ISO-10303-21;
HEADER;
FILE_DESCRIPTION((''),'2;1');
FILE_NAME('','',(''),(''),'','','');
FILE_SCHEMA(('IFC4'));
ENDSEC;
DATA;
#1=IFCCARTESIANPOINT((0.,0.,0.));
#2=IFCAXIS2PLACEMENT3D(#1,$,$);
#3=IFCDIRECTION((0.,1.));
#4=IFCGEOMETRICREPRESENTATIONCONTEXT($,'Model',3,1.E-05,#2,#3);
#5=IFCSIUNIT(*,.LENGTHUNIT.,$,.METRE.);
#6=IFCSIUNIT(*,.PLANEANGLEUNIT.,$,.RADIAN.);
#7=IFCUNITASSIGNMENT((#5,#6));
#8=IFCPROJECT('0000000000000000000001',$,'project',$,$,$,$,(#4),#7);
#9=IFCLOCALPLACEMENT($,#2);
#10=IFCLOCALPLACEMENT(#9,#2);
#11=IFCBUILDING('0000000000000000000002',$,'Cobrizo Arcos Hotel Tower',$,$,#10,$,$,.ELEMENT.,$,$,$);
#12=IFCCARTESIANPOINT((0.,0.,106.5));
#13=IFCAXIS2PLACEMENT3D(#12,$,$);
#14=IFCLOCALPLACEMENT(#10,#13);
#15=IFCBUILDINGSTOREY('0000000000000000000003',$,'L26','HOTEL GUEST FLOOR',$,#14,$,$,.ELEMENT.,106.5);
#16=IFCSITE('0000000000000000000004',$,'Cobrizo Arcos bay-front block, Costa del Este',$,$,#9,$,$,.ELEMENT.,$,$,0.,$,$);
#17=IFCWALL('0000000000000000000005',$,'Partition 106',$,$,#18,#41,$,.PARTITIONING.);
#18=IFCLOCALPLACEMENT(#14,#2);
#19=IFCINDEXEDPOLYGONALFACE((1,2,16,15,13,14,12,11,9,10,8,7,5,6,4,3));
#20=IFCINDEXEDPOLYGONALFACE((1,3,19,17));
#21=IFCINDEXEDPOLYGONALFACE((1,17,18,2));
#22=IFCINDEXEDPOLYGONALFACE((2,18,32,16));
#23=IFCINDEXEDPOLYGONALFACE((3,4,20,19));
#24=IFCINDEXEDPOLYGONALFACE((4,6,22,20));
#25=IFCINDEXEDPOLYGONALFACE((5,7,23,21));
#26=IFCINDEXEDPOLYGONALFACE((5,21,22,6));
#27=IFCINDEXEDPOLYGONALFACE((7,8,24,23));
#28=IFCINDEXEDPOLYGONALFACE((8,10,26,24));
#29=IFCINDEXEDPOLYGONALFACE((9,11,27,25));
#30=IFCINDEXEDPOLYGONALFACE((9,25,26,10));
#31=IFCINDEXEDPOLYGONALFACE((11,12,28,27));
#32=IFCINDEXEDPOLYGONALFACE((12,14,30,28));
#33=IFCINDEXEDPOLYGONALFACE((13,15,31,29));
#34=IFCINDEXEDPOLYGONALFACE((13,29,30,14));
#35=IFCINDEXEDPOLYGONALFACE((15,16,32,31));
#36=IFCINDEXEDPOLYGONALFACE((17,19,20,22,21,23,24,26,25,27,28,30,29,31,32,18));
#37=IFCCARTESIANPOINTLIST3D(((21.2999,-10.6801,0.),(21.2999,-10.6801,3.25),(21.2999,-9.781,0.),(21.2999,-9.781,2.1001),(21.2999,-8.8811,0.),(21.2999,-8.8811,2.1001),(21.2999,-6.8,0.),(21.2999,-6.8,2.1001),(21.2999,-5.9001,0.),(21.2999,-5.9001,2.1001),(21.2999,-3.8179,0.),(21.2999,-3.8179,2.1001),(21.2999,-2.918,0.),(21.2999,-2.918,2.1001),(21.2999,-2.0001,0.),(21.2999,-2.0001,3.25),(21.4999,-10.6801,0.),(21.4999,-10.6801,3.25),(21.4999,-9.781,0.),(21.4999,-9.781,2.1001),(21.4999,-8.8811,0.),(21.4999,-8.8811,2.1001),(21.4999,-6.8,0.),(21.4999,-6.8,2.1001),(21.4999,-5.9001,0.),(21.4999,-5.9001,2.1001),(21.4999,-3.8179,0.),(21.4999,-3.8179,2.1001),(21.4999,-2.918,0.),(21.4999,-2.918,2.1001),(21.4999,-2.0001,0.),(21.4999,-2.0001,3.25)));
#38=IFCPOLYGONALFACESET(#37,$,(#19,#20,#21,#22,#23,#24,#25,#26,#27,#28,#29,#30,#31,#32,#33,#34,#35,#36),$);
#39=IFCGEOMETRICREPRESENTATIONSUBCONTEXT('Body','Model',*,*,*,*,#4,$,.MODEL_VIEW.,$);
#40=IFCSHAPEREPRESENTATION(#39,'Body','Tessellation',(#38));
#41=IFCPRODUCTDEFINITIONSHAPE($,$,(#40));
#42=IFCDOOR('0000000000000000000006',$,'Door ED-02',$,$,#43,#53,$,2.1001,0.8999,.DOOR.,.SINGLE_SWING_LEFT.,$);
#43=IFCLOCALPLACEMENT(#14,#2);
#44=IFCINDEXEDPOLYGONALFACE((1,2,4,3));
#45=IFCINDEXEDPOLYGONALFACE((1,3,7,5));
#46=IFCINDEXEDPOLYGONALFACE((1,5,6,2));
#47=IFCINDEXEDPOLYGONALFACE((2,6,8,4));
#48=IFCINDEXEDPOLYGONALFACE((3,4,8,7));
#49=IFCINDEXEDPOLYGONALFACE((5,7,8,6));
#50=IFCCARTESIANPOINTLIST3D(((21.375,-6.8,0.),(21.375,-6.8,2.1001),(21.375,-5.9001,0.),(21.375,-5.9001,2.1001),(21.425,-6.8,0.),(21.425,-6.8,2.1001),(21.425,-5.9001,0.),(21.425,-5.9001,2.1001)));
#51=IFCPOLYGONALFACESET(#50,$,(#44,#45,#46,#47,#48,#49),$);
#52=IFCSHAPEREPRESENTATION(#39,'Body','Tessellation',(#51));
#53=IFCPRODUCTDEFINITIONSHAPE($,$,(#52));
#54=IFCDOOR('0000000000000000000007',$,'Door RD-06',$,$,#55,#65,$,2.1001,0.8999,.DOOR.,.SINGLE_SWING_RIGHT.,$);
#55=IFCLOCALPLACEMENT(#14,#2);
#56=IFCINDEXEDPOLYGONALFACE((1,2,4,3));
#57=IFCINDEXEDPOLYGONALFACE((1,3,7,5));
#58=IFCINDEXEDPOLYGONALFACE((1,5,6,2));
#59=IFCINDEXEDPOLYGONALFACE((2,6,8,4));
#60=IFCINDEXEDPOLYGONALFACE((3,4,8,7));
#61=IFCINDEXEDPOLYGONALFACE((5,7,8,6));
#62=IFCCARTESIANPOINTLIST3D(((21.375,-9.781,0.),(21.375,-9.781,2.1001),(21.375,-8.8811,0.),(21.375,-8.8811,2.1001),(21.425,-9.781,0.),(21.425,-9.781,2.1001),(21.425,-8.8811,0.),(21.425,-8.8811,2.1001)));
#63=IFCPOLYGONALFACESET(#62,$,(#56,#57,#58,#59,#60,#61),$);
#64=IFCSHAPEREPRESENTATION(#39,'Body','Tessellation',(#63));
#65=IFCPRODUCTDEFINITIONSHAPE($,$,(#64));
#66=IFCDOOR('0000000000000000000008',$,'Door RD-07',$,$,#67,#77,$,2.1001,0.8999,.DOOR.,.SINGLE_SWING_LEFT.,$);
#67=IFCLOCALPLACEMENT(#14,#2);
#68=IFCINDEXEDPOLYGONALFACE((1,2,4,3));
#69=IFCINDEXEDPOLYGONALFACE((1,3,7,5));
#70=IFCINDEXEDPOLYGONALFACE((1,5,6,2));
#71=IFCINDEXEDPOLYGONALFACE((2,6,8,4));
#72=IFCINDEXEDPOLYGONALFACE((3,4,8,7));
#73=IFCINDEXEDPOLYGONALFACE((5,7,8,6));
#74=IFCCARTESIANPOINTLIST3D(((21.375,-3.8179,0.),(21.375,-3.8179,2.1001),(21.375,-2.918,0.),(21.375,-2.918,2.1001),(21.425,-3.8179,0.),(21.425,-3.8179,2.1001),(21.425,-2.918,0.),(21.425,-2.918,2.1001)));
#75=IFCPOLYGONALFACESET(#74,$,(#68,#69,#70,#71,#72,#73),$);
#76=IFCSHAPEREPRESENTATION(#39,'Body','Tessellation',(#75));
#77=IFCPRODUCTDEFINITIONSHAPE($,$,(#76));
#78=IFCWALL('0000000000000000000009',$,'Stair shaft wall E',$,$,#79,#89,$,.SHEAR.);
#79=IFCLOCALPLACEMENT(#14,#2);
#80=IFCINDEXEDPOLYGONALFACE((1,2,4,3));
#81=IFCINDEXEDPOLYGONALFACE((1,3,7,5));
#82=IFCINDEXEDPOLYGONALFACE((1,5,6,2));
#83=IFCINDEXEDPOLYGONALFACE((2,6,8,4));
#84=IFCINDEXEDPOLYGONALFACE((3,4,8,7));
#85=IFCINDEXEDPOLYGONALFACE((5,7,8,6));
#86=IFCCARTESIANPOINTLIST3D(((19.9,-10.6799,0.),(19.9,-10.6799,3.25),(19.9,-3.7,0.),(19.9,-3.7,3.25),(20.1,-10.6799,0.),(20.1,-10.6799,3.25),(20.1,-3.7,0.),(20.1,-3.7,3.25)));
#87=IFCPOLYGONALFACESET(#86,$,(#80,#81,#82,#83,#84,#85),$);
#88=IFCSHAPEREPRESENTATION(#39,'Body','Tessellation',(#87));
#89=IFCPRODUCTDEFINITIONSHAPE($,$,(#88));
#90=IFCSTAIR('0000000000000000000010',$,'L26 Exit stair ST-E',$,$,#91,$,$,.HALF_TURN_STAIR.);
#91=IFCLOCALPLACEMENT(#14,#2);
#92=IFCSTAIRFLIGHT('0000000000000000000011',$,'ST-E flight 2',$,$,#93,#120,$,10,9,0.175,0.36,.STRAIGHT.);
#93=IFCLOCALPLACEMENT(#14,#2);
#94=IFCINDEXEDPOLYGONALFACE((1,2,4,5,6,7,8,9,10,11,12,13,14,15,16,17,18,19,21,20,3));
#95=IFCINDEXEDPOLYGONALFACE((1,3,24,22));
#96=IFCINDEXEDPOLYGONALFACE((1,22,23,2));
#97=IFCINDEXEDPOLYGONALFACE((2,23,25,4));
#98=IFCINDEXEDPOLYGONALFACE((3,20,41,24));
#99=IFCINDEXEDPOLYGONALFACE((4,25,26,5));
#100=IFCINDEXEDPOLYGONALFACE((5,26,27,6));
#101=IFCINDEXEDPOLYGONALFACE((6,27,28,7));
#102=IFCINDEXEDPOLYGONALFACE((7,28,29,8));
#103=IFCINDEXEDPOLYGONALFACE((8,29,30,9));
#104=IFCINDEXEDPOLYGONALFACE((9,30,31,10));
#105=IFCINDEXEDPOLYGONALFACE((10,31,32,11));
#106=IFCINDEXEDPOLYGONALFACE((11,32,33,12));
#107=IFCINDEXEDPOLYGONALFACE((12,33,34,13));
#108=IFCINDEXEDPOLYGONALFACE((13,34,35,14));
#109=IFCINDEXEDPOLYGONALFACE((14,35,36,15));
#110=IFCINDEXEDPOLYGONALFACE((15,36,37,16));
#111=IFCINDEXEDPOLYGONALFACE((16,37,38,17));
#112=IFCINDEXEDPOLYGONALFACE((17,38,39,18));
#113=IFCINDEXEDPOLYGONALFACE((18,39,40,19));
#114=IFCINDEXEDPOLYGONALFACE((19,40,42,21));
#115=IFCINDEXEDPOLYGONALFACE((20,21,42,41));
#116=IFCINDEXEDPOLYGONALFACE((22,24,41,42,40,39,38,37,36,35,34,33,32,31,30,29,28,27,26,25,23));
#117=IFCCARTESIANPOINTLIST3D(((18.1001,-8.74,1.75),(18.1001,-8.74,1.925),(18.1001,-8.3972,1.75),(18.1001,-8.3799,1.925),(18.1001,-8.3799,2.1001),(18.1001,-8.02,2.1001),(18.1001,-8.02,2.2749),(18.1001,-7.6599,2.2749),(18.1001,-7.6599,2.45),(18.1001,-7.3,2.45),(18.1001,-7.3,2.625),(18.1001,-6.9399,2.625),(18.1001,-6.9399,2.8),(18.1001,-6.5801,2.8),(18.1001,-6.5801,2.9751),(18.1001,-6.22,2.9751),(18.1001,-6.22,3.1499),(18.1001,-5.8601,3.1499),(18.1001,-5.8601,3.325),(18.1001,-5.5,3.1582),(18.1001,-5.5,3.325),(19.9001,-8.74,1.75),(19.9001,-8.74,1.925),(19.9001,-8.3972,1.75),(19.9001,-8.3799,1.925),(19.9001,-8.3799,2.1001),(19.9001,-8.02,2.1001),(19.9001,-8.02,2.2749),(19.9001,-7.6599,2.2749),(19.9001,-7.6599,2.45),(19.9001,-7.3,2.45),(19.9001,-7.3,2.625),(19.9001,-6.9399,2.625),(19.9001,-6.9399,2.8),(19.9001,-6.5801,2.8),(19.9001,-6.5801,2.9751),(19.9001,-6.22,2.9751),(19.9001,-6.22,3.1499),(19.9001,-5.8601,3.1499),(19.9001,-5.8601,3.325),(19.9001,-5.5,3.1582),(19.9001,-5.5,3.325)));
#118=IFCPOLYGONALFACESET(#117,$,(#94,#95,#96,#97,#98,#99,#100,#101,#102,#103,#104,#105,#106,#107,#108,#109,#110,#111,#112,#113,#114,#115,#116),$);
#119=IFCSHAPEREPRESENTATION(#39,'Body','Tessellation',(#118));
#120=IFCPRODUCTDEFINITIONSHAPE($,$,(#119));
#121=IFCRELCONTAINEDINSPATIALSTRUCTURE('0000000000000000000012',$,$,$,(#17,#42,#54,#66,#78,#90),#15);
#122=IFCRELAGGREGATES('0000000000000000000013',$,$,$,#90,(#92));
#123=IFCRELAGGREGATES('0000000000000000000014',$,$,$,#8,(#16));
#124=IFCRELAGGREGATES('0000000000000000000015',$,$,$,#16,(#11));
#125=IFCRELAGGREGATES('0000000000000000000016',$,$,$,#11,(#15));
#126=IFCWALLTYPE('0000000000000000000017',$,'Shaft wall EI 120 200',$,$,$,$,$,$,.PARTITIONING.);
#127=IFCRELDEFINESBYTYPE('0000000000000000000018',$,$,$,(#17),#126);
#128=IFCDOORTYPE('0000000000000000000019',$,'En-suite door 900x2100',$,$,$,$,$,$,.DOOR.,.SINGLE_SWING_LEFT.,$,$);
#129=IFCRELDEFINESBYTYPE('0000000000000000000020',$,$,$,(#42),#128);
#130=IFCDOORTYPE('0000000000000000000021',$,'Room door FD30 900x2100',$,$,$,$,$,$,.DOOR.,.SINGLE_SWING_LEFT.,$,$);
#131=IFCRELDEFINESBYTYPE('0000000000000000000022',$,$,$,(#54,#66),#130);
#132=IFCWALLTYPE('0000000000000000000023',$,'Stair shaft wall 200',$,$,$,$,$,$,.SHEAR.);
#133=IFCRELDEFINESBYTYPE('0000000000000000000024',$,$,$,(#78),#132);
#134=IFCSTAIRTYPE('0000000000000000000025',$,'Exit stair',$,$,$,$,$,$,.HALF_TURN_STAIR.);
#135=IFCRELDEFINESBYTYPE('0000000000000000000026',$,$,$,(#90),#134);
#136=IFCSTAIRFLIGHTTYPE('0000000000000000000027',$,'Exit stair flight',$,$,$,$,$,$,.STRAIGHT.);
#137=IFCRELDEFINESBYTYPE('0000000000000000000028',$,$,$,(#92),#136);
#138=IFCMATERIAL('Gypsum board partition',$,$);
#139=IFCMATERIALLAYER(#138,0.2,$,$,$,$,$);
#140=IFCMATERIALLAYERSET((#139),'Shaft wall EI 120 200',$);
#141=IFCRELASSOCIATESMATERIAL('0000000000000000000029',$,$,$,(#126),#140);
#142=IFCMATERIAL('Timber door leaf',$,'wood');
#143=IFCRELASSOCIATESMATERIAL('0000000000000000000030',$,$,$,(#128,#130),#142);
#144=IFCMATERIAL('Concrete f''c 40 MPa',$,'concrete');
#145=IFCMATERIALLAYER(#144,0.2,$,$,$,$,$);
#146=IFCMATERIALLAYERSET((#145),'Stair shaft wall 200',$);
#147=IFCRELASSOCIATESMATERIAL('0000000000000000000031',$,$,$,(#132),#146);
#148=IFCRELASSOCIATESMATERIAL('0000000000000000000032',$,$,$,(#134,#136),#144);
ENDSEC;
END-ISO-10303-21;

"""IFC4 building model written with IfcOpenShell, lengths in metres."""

from ifc_helpers import new_model, si_unit, direction, frame, frame_2d, origin, place, context, subcontext, project, spatial, polyline, rectangle, outline, extrude, material, layer, layer_set, type_object, element, fill, aggregate, save


model = new_model("IFC4")

# Units and contexts
model_context = context("Model", 3, precision=1e-05, world=origin(), true_north=direction((0.0, 1.0)))
body_context = subcontext(model_context, "Body", "Model", "MODEL_VIEW")
ifc_project = project(units=[si_unit("LENGTHUNIT", "METRE"), si_unit("PLANEANGLEUNIT", "RADIAN")], contexts=[model_context])

# Site, building, storey
site_placement = place(None, origin())
site = spatial("IfcSite", under=ifc_project, at=site_placement, Name="Cobrizo Arcos bay-front block, Costa del Este", CompositionType="ELEMENT", RefElevation=0.0)
building_placement = place(site_placement, origin())
building = spatial("IfcBuilding", under=site, at=building_placement, Name="Cobrizo Arcos Hotel Tower", CompositionType="ELEMENT")
storey_placement = place(building_placement, frame((0.0, 0.0, 106.5)))
storey = spatial("IfcBuildingStorey", under=building, at=storey_placement, Name="L26", Description="HOTEL GUEST FLOOR", CompositionType="ELEMENT", Elevation=106.5)

# Shared definitions
ifc_material_1 = material(Name="Gypsum board partition")

# Wall, openings, doors
ifc_layer_1 = layer(ifc_material_1, 0.2)
ifc_layer_set_1 = layer_set([ifc_layer_1], Name="Shaft wall EI 120 200")
wall_type_1 = type_object("IfcWallType", Name="Shaft wall EI 120 200", PredefinedType="PARTITIONING", material=ifc_layer_set_1)
wall_1_placement = place(storey_placement, frame((21.3999, -10.6799, 0.0), z_axis=(0.0, 0.0, 1.0), x_axis=(0.0, 1.0, 0.0)))
wall_1 = element("IfcWall", 1, at=wall_1_placement, inside=storey, type_object=wall_type_1, Name="Partition 106", PredefinedType="PARTITIONING", context=body_context, shape_type="SweptSolid", body=[
    extrude(rectangle(XDim=8.6799, YDim=0.2, at=frame_2d((4.3398, 0.0))), origin(), (0.0, 0.0, 1.0), 3.25),
])
opening_1_placement = place(wall_1_placement, frame((0.8989, 0.0, 0.0)))
opening_1 = element("IfcOpeningElement", 2, at=opening_1_placement, cuts=wall_1, PredefinedType="OPENING", context=body_context, shape_type="SweptSolid", body=[
    extrude(rectangle(XDim=0.8999, YDim=2.1001, at=frame_2d((0.45, 1.05))), frame((0.0, 0.1121, 0.0), z_axis=(0.0, -1.0, 0.0), x_axis=(1.0, 0.0, 0.0)), (0.0, 0.0, 1.0), 0.2239),
])
opening_2_placement = place(wall_1_placement, frame((3.8799, 0.0, 0.0)))
opening_2 = element("IfcOpeningElement", 3, at=opening_2_placement, cuts=wall_1, PredefinedType="OPENING", context=body_context, shape_type="SweptSolid", body=[
    extrude(rectangle(XDim=0.8999, YDim=2.1001, at=frame_2d((0.45, 1.05))), frame((0.0, 0.1121, 0.0), z_axis=(0.0, -1.0, 0.0), x_axis=(1.0, 0.0, 0.0)), (0.0, 0.0, 1.0), 0.2239),
])
opening_3_placement = place(wall_1_placement, frame((6.8621, 0.0, 0.0)))
opening_3 = element("IfcOpeningElement", 4, at=opening_3_placement, cuts=wall_1, PredefinedType="OPENING", context=body_context, shape_type="SweptSolid", body=[
    extrude(rectangle(XDim=0.8999, YDim=2.1001, at=frame_2d((0.45, 1.05))), frame((0.0, 0.1121, 0.0), z_axis=(0.0, -1.0, 0.0), x_axis=(1.0, 0.0, 0.0)), (0.0, 0.0, 1.0), 0.2239),
])
ifc_material_2 = material(Name="Timber door leaf", Category="wood")
door_type_1 = type_object("IfcDoorType", Name="En-suite door 900x2100", OperationType="SINGLE_SWING_LEFT", PredefinedType="DOOR", material=ifc_material_2)
door_1_placement = place(opening_2_placement, origin())
door_1 = element("IfcDoor", 5, at=door_1_placement, inside=storey, type_object=door_type_1, Name="Door ED-02", OperationType="SINGLE_SWING_LEFT", OverallHeight=2.1001, OverallWidth=0.8999, PredefinedType="DOOR", context=body_context, shape_type="SweptSolid", body=[
    extrude(rectangle(XDim=0.8999, YDim=2.1001, at=frame_2d((0.45, 1.05))), frame((0.0, 0.0249, 0.0), z_axis=(0.0, -1.0, 0.0), x_axis=(1.0, 0.0, 0.0)), (0.0, 0.0, 1.0), 0.05),
])
fill(opening_2, door_1)
door_type_2 = type_object("IfcDoorType", Name="Room door FD30 900x2100", OperationType="SINGLE_SWING_LEFT", PredefinedType="DOOR", material=ifc_material_2)
door_2_placement = place(opening_1_placement, origin())
door_2 = element("IfcDoor", 6, at=door_2_placement, inside=storey, type_object=door_type_2, Name="Door RD-06", OperationType="SINGLE_SWING_RIGHT", OverallHeight=2.1001, OverallWidth=0.8999, PredefinedType="DOOR", context=body_context, shape_type="SweptSolid", body=[
    extrude(rectangle(XDim=0.8999, YDim=2.1001, at=frame_2d((0.45, 1.05))), frame((0.0, 0.0249, 0.0), z_axis=(0.0, -1.0, 0.0), x_axis=(1.0, 0.0, 0.0)), (0.0, 0.0, 1.0), 0.05),
])
fill(opening_1, door_2)
door_3_placement = place(opening_3_placement, origin())
door_3 = element("IfcDoor", 7, at=door_3_placement, inside=storey, type_object=door_type_2, Name="Door RD-07", OperationType="SINGLE_SWING_LEFT", OverallHeight=2.1001, OverallWidth=0.8999, PredefinedType="DOOR", context=body_context, shape_type="SweptSolid", body=[
    extrude(rectangle(XDim=0.8999, YDim=2.1001, at=frame_2d((0.45, 1.05))), frame((0.0, 0.0249, 0.0), z_axis=(0.0, -1.0, 0.0), x_axis=(1.0, 0.0, 0.0)), (0.0, 0.0, 1.0), 0.05),
])
fill(opening_3, door_3)

# Wall
ifc_material_3 = material(Name="Concrete f'c 40 MPa", Category="concrete")
ifc_layer_2 = layer(ifc_material_3, 0.2)
ifc_layer_set_2 = layer_set([ifc_layer_2], Name="Stair shaft wall 200")
wall_type_2 = type_object("IfcWallType", Name="Stair shaft wall 200", PredefinedType="SHEAR", material=ifc_layer_set_2)
wall_2_placement = place(storey_placement, frame((20.0, -10.6799, 0.0), z_axis=(0.0, 0.0, 1.0), x_axis=(0.0, 1.0, 0.0)))
element("IfcWall", 8, at=wall_2_placement, inside=storey, type_object=wall_type_2, Name="Stair shaft wall E", PredefinedType="SHEAR", context=body_context, shape_type="SweptSolid", body=[
    extrude(rectangle(XDim=6.98, YDim=0.2, at=frame_2d((3.49, 0.0))), origin(), (0.0, 0.0, 1.0), 3.25),
])

# Stair, stair flight
stair_type = type_object("IfcStairType", Name="Exit stair", PredefinedType="HALF_TURN_STAIR", material=ifc_material_3)
stair_placement = place(storey_placement, origin())
stair = element("IfcStair", 9, at=stair_placement, inside=storey, type_object=stair_type, Name="L26 Exit stair ST-E", PredefinedType="HALF_TURN_STAIR")
stair_flight_type = type_object("IfcStairFlightType", Name="Exit stair flight", PredefinedType="STRAIGHT", material=ifc_material_3)
stair_flight_placement = place(storey_placement, frame((19.0, -8.74, 1.75), z_axis=(0.0, 0.0, 1.0), x_axis=(0.0, 1.0, 0.0)))
stair_flight = element("IfcStairFlight", 10, at=stair_flight_placement, type_object=stair_flight_type, Name="ST-E flight 2", NumberOfRisers=10, NumberOfTreads=9, PredefinedType="STRAIGHT", RiserHeight=0.175, TreadLength=0.36, context=body_context, shape_type="SweptSolid", body=[
    extrude(outline(polyline([(0.0, 0.0), (0.0, 0.175), (0.3601, 0.175), (0.3601, 0.3501), (0.72, 0.3501), (0.72, 0.5249), (1.0801, 0.5249), (1.0801, 0.7), (1.4399, 0.7), (1.4399, 0.875), (1.8, 0.875), (1.8, 1.05), (2.1599, 1.05), (2.1599, 1.2251), (2.52, 1.2251), (2.52, 1.3999), (2.8799, 1.3999), (2.8799, 1.575), (3.24, 1.575), (3.24, 1.75), (3.24, 1.4082), (0.3428, 0.0), (0.0, 0.0)])), frame((0.0, 0.8999, 0.0), z_axis=(0.0, -1.0, 0.0), x_axis=(1.0, 0.0, 0.0)), (0.0, 0.0, 1.0), 1.8),
])
aggregate(stair, [stair_flight])

save(model, "model.ifc")
